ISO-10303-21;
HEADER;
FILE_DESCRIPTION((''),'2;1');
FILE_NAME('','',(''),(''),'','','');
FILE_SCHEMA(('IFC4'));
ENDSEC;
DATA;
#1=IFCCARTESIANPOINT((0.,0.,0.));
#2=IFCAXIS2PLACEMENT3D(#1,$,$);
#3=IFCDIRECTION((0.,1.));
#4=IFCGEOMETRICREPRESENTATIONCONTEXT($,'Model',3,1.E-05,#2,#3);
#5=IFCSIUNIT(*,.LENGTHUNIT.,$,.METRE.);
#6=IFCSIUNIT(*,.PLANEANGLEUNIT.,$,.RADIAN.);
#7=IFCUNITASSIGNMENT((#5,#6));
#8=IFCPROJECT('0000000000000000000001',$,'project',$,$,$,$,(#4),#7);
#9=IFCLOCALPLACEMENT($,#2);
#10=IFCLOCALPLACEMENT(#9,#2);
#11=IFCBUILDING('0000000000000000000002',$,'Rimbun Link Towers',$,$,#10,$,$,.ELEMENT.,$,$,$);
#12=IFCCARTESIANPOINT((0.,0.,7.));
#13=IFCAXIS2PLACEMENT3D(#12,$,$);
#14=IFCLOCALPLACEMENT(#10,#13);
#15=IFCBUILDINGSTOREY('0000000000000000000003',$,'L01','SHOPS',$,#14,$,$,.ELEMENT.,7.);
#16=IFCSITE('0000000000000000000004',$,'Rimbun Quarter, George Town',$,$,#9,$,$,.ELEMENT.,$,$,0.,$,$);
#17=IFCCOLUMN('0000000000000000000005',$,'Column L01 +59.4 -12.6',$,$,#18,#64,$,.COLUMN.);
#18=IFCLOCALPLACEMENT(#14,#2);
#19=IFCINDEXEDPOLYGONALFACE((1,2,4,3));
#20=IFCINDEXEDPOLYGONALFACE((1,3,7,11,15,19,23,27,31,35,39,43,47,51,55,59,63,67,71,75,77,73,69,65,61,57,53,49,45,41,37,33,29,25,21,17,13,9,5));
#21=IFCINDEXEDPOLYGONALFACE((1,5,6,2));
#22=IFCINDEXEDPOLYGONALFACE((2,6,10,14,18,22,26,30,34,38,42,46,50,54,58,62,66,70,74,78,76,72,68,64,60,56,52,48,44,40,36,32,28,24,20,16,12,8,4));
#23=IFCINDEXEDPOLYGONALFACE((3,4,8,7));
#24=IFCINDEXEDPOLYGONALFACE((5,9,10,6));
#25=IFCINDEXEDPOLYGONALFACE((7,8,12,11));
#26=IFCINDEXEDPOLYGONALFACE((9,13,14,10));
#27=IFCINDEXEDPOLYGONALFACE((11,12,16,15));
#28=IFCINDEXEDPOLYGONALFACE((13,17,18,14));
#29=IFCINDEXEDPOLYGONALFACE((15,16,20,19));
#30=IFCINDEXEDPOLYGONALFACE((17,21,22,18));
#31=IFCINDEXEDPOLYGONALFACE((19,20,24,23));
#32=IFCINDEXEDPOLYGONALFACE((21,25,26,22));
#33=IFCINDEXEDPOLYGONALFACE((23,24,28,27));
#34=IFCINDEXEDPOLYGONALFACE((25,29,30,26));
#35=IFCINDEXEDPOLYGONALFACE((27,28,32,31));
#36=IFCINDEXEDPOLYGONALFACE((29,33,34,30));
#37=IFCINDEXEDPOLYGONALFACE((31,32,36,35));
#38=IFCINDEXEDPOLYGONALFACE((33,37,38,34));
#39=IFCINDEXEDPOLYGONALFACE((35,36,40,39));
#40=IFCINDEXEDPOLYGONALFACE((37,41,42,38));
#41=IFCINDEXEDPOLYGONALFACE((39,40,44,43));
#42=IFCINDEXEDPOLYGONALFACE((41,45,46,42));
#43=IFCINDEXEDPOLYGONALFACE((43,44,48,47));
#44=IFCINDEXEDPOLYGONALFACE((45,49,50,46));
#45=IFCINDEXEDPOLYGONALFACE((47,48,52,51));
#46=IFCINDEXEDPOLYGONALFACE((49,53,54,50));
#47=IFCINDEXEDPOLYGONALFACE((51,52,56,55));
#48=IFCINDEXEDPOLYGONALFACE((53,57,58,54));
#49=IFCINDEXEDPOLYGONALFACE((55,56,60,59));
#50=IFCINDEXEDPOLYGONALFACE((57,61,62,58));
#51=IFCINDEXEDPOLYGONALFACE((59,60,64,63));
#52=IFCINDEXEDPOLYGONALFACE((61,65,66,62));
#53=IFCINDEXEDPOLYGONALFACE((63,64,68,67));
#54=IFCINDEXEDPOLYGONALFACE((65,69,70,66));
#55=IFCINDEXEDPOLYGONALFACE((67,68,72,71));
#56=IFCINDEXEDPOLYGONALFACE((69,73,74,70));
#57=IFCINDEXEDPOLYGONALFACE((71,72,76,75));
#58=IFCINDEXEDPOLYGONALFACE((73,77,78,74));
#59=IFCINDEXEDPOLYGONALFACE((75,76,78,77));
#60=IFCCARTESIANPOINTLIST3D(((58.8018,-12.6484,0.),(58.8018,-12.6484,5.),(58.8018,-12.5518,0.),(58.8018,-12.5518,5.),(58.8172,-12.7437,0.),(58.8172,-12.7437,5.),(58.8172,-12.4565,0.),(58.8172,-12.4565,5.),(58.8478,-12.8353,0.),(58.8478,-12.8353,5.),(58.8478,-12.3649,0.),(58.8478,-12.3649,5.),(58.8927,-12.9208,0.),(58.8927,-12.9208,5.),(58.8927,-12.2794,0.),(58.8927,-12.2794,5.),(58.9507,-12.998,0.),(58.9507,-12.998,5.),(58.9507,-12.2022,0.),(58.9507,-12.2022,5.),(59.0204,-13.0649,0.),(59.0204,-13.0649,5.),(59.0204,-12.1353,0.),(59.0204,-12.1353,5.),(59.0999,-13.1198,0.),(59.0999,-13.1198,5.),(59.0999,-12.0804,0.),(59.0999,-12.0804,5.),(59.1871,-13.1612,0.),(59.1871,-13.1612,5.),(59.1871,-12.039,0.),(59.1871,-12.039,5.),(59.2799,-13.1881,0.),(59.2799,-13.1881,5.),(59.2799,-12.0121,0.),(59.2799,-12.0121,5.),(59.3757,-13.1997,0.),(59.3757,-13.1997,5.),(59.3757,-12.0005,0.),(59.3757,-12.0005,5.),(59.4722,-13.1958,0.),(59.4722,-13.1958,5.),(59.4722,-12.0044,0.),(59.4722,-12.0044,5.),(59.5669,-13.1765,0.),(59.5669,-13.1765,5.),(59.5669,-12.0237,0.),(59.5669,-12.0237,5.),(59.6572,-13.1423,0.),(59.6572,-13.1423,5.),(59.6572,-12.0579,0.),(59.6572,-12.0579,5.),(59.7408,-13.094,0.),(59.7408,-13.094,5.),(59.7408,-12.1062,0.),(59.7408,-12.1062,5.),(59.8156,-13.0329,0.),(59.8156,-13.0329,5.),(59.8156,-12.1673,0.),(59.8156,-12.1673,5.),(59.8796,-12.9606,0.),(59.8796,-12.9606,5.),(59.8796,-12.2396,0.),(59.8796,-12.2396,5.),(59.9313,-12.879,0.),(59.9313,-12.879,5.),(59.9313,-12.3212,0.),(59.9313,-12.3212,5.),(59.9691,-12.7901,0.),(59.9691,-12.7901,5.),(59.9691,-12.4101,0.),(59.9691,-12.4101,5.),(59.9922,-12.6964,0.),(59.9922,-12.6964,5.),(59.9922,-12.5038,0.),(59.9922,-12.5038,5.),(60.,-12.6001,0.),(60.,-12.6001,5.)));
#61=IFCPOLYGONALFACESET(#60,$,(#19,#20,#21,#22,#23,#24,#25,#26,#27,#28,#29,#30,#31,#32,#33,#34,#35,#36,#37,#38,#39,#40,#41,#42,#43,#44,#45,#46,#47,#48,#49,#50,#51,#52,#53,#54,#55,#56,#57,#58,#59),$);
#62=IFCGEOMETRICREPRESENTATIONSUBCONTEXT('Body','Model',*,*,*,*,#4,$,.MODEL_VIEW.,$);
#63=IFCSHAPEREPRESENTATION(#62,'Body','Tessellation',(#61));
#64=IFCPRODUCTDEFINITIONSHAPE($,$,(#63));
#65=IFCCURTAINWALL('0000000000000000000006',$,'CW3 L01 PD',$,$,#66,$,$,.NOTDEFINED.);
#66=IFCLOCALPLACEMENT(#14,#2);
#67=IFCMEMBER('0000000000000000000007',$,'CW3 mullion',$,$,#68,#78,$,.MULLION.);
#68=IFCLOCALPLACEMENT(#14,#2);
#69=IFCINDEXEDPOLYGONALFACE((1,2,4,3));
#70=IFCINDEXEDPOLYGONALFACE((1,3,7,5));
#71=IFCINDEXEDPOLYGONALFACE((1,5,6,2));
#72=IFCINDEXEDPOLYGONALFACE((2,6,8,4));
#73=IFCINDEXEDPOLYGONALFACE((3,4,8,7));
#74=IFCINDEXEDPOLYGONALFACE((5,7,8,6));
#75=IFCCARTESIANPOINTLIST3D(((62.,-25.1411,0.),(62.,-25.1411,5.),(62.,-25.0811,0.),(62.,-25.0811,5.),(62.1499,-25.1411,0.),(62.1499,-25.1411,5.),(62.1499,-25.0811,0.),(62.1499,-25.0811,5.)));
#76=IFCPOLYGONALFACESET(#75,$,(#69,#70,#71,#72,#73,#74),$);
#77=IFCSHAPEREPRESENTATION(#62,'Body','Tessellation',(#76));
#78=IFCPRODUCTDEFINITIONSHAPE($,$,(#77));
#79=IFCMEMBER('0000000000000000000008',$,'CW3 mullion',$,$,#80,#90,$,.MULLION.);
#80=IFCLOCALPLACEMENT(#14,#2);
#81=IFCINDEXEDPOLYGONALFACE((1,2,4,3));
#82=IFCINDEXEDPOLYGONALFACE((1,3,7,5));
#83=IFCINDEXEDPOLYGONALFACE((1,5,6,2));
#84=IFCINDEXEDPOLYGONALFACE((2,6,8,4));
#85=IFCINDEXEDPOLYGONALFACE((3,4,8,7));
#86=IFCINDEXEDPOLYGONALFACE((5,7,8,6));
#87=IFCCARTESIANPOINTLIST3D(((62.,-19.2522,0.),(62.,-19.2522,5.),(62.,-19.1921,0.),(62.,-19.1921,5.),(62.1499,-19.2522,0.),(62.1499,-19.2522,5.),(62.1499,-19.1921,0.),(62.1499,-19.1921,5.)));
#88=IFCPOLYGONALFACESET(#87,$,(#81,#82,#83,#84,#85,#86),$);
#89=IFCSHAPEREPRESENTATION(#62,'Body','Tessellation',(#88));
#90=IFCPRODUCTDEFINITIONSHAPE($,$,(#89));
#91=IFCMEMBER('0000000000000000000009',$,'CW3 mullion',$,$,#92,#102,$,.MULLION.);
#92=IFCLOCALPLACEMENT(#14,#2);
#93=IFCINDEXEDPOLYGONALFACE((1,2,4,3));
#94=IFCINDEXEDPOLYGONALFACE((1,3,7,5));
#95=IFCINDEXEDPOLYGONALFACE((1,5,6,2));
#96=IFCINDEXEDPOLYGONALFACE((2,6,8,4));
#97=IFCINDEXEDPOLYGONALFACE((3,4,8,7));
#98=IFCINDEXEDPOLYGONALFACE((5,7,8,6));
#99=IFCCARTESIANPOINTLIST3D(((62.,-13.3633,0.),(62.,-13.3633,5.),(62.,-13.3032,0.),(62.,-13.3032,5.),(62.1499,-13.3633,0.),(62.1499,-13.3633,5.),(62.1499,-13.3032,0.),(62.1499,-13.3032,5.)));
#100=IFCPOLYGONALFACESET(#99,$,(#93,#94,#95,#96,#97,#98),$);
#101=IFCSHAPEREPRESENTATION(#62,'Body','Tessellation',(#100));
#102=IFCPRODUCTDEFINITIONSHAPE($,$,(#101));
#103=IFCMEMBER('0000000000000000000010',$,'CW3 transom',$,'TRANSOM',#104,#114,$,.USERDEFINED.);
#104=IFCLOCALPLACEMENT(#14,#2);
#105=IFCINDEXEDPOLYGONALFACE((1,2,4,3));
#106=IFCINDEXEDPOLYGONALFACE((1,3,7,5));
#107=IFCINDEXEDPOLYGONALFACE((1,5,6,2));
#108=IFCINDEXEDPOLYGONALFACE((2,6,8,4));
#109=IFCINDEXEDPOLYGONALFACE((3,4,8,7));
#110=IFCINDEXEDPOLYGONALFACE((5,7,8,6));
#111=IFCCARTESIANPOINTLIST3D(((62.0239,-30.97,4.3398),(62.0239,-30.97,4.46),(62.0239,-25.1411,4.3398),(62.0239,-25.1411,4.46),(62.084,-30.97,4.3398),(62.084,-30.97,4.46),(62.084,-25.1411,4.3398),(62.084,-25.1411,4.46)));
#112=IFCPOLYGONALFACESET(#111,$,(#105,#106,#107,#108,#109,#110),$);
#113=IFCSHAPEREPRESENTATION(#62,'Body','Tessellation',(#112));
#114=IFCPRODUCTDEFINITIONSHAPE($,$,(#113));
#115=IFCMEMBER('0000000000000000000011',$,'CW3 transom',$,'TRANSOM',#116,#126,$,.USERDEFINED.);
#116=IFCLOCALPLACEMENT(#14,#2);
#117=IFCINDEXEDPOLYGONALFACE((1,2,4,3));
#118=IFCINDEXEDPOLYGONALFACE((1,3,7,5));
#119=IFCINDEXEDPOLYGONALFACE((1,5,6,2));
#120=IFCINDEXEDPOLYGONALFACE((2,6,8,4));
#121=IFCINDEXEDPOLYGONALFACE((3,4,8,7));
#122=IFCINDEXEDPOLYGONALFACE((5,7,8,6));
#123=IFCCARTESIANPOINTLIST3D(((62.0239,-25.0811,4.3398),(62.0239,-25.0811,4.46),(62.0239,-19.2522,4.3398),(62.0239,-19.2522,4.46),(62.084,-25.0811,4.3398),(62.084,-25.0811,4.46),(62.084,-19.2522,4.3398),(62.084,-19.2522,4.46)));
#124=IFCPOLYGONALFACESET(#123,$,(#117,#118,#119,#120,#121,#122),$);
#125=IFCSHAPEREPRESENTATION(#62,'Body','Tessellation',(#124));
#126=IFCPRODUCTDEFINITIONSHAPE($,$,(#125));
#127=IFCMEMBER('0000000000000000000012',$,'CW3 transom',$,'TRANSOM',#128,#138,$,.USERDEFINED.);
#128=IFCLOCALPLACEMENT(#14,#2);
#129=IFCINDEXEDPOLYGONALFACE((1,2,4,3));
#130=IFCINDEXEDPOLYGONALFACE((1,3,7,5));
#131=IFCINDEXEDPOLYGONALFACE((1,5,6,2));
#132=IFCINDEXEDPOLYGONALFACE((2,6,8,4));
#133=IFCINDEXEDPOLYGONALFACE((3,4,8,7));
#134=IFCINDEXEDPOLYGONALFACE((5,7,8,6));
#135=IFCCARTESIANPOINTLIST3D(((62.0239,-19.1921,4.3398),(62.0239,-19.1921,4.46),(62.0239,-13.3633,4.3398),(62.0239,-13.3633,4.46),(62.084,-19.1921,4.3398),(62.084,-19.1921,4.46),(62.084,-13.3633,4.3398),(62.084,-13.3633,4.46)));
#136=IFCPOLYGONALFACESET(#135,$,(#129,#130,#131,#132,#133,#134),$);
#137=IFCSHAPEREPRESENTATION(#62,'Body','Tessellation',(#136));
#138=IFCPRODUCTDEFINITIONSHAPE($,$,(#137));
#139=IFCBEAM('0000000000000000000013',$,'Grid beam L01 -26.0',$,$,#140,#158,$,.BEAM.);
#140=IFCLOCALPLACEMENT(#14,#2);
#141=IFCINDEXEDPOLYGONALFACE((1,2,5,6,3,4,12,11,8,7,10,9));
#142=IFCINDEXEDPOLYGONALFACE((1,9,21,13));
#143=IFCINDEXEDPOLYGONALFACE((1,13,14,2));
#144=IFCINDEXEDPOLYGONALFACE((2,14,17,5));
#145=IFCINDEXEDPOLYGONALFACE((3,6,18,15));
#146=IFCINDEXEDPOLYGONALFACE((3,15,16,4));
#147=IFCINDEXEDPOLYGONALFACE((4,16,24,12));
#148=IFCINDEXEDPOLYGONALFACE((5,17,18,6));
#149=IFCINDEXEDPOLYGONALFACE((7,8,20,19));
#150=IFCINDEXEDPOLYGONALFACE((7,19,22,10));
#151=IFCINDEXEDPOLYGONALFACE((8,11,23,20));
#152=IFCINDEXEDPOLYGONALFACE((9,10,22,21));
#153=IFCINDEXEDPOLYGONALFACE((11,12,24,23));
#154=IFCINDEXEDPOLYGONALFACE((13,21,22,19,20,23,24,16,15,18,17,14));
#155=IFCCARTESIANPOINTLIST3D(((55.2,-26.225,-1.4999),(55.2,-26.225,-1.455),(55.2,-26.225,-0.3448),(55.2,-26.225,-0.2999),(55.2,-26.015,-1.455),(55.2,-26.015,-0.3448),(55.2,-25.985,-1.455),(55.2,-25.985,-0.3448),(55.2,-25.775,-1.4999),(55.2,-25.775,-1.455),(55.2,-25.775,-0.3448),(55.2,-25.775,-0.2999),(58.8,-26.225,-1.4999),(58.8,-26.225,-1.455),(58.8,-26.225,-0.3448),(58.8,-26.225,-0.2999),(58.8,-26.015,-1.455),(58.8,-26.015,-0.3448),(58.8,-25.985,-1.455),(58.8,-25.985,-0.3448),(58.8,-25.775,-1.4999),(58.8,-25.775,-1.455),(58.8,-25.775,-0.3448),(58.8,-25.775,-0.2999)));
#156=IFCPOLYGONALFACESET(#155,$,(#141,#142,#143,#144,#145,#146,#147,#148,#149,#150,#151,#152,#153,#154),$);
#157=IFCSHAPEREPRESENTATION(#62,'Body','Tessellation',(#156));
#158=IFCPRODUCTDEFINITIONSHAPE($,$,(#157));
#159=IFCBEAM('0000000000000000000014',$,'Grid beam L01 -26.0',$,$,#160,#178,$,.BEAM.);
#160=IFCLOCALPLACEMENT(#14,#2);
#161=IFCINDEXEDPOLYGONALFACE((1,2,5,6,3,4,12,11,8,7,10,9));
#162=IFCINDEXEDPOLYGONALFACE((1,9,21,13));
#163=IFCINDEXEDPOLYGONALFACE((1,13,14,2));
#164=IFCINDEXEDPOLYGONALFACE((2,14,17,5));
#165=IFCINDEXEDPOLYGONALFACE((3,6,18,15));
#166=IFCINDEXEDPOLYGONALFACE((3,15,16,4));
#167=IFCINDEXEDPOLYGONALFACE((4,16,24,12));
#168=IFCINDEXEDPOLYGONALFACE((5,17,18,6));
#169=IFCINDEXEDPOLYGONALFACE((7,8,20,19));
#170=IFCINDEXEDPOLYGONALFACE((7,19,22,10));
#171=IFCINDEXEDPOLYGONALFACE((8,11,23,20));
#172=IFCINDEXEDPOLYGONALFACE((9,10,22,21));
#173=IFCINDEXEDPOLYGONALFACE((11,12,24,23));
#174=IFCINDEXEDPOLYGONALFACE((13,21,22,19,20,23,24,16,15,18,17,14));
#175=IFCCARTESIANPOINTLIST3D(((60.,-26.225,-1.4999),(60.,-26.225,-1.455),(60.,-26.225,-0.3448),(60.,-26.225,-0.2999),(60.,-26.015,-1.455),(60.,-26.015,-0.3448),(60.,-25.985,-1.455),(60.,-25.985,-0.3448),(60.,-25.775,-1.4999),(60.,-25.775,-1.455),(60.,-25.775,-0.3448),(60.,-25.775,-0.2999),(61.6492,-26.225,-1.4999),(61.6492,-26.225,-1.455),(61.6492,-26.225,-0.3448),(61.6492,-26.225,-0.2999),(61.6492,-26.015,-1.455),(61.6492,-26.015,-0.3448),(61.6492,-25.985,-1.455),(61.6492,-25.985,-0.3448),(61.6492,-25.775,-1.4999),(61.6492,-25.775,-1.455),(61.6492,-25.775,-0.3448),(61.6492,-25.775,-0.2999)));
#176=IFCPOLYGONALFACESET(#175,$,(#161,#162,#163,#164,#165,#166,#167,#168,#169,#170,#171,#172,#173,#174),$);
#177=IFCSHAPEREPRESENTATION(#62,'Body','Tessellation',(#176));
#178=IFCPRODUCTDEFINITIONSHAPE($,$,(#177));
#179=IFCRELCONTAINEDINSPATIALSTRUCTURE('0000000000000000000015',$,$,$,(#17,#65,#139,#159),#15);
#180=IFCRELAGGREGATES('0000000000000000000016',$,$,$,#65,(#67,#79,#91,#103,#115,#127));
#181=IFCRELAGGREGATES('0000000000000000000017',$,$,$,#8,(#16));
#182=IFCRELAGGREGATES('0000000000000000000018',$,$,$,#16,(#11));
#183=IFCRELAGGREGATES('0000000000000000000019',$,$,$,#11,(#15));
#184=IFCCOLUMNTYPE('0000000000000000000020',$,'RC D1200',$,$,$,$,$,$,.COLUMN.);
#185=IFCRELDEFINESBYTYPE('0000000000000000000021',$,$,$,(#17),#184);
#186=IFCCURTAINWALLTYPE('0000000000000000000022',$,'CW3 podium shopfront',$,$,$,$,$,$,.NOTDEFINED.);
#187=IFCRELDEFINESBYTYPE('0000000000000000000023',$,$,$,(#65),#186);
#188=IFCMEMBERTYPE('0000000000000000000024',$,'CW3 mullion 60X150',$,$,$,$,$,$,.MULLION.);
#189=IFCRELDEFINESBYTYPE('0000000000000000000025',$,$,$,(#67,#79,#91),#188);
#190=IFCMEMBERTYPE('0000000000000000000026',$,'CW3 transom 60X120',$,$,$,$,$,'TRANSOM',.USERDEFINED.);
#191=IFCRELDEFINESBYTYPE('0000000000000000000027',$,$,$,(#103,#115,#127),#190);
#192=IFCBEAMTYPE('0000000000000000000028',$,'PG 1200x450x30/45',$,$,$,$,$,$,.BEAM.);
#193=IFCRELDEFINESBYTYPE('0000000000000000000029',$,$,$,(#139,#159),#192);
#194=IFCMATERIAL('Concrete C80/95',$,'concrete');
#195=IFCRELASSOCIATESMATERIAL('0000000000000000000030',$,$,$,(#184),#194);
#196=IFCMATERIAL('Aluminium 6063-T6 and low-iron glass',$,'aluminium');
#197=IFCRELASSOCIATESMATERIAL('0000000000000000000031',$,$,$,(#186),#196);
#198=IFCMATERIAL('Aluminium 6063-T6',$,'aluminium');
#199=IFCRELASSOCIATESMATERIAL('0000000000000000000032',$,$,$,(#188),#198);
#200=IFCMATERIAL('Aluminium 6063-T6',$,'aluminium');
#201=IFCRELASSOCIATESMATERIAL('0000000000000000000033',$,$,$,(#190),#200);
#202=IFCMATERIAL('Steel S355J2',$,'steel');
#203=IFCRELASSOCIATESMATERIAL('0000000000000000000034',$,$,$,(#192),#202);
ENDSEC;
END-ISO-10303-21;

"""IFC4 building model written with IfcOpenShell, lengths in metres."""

from ifc_helpers import new_model, si_unit, direction, frame, origin, origin_2d, place, context, subcontext, project, spatial, rectangle, circle, i_section, extrude, material, material_profile, profile_set, type_object, element, aggregate, save


model = new_model("IFC4")

# Units and contexts
model_context = context("Model", 3, precision=1e-05, world=origin(), true_north=direction((0.0, 1.0)))
body_context = subcontext(model_context, "Body", "Model", "MODEL_VIEW")
ifc_project = project(units=[si_unit("LENGTHUNIT", "METRE"), si_unit("PLANEANGLEUNIT", "RADIAN")], contexts=[model_context])

# Site, building, storey
site_placement = place(None, origin())
site = spatial("IfcSite", under=ifc_project, at=site_placement, Name="Rimbun Quarter, George Town", CompositionType="ELEMENT", RefElevation=0.0)
building_placement = place(site_placement, origin())
building = spatial("IfcBuilding", under=site, at=building_placement, Name="Rimbun Link Towers", CompositionType="ELEMENT")
storey_placement = place(building_placement, frame((0.0, 0.0, 7.0)))
storey = spatial("IfcBuildingStorey", under=building, at=storey_placement, Name="L01", Description="SHOPS", CompositionType="ELEMENT", Elevation=7.0)

# Column
ifc_material_1 = material(Name="Concrete C80/95", Category="concrete")
ifc_material_profile_1 = material_profile(ifc_material_1, circle(Radius=0.6001, at=origin_2d()), Name="RC D1200")
ifc_profile_set_1 = profile_set([ifc_material_profile_1], Name="Concrete C80/95")
column_type_1 = type_object("IfcColumnType", Name="RC D1200", PredefinedType="COLUMN", material=ifc_profile_set_1)
for number, where, z_axis, x_axis, name in (
    (1, (59.3999, -12.6001, 0.0), (0.0, 0.0, 1.0), (1.0, 0.0, 0.0), "Column L01 +59.4 -12.6"),
):
    element("IfcColumn", number, at=place(storey_placement, frame(where, z_axis=z_axis, x_axis=x_axis)), inside=storey, type_object=column_type_1, Name=name, PredefinedType="COLUMN", context=body_context, shape_type="SweptSolid", body=[
        extrude(circle(Radius=0.6001, at=origin_2d()), origin(), (0.0, 0.0, 1.0), 5.0),
    ])

# Curtain wall, members
ifc_material_2 = material(Name="Aluminium 6063-T6 and low-iron glass", Category="aluminium")
curtain_wall_type = type_object("IfcCurtainWallType", Name="CW3 podium shopfront", PredefinedType="NOTDEFINED", material=ifc_material_2)
curtain_wall_placement = place(storey_placement, origin())
curtain_wall = element("IfcCurtainWall", 2, at=curtain_wall_placement, inside=storey, type_object=curtain_wall_type, Name="CW3 L01 PD", PredefinedType="NOTDEFINED")
ifc_material_3 = material(Name="Aluminium 6063-T6", Category="aluminium")
ifc_material_profile_2 = material_profile(ifc_material_3, rectangle(XDim=0.1499, YDim=0.0601, at=origin_2d()), Name="MULLION 60X150")
ifc_profile_set_2 = profile_set([ifc_material_profile_2], Name="Aluminium 6063-T6")
member_type_1 = type_object("IfcMemberType", Name="CW3 mullion 60X150", PredefinedType="MULLION", material=ifc_profile_set_2)
member_1_placement = place(storey_placement, frame((62.075, -25.1111, 0.0), z_axis=(0.0, 0.0, 1.0), x_axis=(1.0, 0.0, 0.0)))
member_1 = element("IfcMember", 3, at=member_1_placement, type_object=member_type_1, Name="CW3 mullion", PredefinedType="MULLION", context=body_context, shape_type="SweptSolid", body=[
    extrude(rectangle(XDim=0.1499, YDim=0.0601, at=origin_2d()), origin(), (0.0, 0.0, 1.0), 5.0),
])
member_2_placement = place(storey_placement, frame((62.075, -19.2222, 0.0), z_axis=(0.0, 0.0, 1.0), x_axis=(1.0, 0.0, 0.0)))
member_2 = element("IfcMember", 4, at=member_2_placement, type_object=member_type_1, Name="CW3 mullion", PredefinedType="MULLION", context=body_context, shape_type="SweptSolid", body=[
    extrude(rectangle(XDim=0.1499, YDim=0.0601, at=origin_2d()), origin(), (0.0, 0.0, 1.0), 5.0),
])
member_3_placement = place(storey_placement, frame((62.075, -13.3333, 0.0), z_axis=(0.0, 0.0, 1.0), x_axis=(1.0, 0.0, 0.0)))
member_3 = element("IfcMember", 5, at=member_3_placement, type_object=member_type_1, Name="CW3 mullion", PredefinedType="MULLION", context=body_context, shape_type="SweptSolid", body=[
    extrude(rectangle(XDim=0.1499, YDim=0.0601, at=origin_2d()), origin(), (0.0, 0.0, 1.0), 5.0),
])
ifc_material_4 = material(Name="Aluminium 6063-T6", Category="aluminium")
ifc_material_profile_3 = material_profile(ifc_material_4, rectangle(XDim=0.0601, YDim=0.1201, at=origin_2d()), Name="TRANSOM 60X120")
ifc_profile_set_3 = profile_set([ifc_material_profile_3], Name="Aluminium 6063-T6")
member_type_2 = type_object("IfcMemberType", Name="CW3 transom 60X120", ElementType="TRANSOM", PredefinedType="USERDEFINED", material=ifc_profile_set_3)
member_4_placement = place(storey_placement, frame((62.054, -25.1411, 4.3999), z_axis=(0.0, -1.0, 0.0), x_axis=(1.0, 0.0, 0.0)))
member_4 = element("IfcMember", 6, at=member_4_placement, type_object=member_type_2, Name="CW3 transom", ObjectType="TRANSOM", PredefinedType="USERDEFINED", context=body_context, shape_type="SweptSolid", body=[
    extrude(rectangle(XDim=0.0601, YDim=0.1201, at=origin_2d()), origin(), (0.0, 0.0, 1.0), 5.8289),
])
member_5_placement = place(storey_placement, frame((62.054, -19.2522, 4.3999), z_axis=(0.0, -1.0, 0.0), x_axis=(1.0, 0.0, 0.0)))
member_5 = element("IfcMember", 7, at=member_5_placement, type_object=member_type_2, Name="CW3 transom", ObjectType="TRANSOM", PredefinedType="USERDEFINED", context=body_context, shape_type="SweptSolid", body=[
    extrude(rectangle(XDim=0.0601, YDim=0.1201, at=origin_2d()), origin(), (0.0, 0.0, 1.0), 5.8289),
])
member_6_placement = place(storey_placement, frame((62.054, -13.3633, 4.3999), z_axis=(0.0, -1.0, 0.0), x_axis=(1.0, 0.0, 0.0)))
member_6 = element("IfcMember", 8, at=member_6_placement, type_object=member_type_2, Name="CW3 transom", ObjectType="TRANSOM", PredefinedType="USERDEFINED", context=body_context, shape_type="SweptSolid", body=[
    extrude(rectangle(XDim=0.0601, YDim=0.1201, at=origin_2d()), origin(), (0.0, 0.0, 1.0), 5.8289),
])

# Beams
ifc_material_5 = material(Name="Steel S355J2", Category="steel")
ifc_material_profile_4 = material_profile(ifc_material_5, i_section(OverallWidth=0.45, OverallDepth=1.2, WebThickness=0.03, FlangeThickness=0.0449, at=origin_2d()), Name="PG 1200x450x30/45")
ifc_profile_set_4 = profile_set([ifc_material_profile_4], Name="Steel S355J2")
beam_type_1 = type_object("IfcBeamType", Name="PG 1200x450x30/45", PredefinedType="BEAM", material=ifc_profile_set_4)
beam_1_placement = place(storey_placement, frame((55.2, -26.0, -0.8999), z_axis=(1.0, 0.0, 0.0), x_axis=(0.0, 1.0, 0.0)))
element("IfcBeam", 9, at=beam_1_placement, inside=storey, type_object=beam_type_1, Name="Grid beam L01 -26.0", PredefinedType="BEAM", context=body_context, shape_type="SweptSolid", body=[
    extrude(i_section(OverallWidth=0.45, OverallDepth=1.2, WebThickness=0.03, FlangeThickness=0.0449, at=origin_2d()), origin(), (0.0, 0.0, 1.0), 3.6001),
])
beam_2_placement = place(storey_placement, frame((60.0, -26.0, -0.8999), z_axis=(1.0, 0.0, 0.0), x_axis=(0.0, 1.0, 0.0)))
element("IfcBeam", 10, at=beam_2_placement, inside=storey, type_object=beam_type_1, Name="Grid beam L01 -26.0", PredefinedType="BEAM", context=body_context, shape_type="SweptSolid", body=[
    extrude(i_section(OverallWidth=0.45, OverallDepth=1.2, WebThickness=0.03, FlangeThickness=0.0449, at=origin_2d()), origin(), (0.0, 0.0, 1.0), 1.6492),
])

aggregate(curtain_wall, [member_1, member_2, member_3, member_4, member_5, member_6])

save(model, "model.ifc")
